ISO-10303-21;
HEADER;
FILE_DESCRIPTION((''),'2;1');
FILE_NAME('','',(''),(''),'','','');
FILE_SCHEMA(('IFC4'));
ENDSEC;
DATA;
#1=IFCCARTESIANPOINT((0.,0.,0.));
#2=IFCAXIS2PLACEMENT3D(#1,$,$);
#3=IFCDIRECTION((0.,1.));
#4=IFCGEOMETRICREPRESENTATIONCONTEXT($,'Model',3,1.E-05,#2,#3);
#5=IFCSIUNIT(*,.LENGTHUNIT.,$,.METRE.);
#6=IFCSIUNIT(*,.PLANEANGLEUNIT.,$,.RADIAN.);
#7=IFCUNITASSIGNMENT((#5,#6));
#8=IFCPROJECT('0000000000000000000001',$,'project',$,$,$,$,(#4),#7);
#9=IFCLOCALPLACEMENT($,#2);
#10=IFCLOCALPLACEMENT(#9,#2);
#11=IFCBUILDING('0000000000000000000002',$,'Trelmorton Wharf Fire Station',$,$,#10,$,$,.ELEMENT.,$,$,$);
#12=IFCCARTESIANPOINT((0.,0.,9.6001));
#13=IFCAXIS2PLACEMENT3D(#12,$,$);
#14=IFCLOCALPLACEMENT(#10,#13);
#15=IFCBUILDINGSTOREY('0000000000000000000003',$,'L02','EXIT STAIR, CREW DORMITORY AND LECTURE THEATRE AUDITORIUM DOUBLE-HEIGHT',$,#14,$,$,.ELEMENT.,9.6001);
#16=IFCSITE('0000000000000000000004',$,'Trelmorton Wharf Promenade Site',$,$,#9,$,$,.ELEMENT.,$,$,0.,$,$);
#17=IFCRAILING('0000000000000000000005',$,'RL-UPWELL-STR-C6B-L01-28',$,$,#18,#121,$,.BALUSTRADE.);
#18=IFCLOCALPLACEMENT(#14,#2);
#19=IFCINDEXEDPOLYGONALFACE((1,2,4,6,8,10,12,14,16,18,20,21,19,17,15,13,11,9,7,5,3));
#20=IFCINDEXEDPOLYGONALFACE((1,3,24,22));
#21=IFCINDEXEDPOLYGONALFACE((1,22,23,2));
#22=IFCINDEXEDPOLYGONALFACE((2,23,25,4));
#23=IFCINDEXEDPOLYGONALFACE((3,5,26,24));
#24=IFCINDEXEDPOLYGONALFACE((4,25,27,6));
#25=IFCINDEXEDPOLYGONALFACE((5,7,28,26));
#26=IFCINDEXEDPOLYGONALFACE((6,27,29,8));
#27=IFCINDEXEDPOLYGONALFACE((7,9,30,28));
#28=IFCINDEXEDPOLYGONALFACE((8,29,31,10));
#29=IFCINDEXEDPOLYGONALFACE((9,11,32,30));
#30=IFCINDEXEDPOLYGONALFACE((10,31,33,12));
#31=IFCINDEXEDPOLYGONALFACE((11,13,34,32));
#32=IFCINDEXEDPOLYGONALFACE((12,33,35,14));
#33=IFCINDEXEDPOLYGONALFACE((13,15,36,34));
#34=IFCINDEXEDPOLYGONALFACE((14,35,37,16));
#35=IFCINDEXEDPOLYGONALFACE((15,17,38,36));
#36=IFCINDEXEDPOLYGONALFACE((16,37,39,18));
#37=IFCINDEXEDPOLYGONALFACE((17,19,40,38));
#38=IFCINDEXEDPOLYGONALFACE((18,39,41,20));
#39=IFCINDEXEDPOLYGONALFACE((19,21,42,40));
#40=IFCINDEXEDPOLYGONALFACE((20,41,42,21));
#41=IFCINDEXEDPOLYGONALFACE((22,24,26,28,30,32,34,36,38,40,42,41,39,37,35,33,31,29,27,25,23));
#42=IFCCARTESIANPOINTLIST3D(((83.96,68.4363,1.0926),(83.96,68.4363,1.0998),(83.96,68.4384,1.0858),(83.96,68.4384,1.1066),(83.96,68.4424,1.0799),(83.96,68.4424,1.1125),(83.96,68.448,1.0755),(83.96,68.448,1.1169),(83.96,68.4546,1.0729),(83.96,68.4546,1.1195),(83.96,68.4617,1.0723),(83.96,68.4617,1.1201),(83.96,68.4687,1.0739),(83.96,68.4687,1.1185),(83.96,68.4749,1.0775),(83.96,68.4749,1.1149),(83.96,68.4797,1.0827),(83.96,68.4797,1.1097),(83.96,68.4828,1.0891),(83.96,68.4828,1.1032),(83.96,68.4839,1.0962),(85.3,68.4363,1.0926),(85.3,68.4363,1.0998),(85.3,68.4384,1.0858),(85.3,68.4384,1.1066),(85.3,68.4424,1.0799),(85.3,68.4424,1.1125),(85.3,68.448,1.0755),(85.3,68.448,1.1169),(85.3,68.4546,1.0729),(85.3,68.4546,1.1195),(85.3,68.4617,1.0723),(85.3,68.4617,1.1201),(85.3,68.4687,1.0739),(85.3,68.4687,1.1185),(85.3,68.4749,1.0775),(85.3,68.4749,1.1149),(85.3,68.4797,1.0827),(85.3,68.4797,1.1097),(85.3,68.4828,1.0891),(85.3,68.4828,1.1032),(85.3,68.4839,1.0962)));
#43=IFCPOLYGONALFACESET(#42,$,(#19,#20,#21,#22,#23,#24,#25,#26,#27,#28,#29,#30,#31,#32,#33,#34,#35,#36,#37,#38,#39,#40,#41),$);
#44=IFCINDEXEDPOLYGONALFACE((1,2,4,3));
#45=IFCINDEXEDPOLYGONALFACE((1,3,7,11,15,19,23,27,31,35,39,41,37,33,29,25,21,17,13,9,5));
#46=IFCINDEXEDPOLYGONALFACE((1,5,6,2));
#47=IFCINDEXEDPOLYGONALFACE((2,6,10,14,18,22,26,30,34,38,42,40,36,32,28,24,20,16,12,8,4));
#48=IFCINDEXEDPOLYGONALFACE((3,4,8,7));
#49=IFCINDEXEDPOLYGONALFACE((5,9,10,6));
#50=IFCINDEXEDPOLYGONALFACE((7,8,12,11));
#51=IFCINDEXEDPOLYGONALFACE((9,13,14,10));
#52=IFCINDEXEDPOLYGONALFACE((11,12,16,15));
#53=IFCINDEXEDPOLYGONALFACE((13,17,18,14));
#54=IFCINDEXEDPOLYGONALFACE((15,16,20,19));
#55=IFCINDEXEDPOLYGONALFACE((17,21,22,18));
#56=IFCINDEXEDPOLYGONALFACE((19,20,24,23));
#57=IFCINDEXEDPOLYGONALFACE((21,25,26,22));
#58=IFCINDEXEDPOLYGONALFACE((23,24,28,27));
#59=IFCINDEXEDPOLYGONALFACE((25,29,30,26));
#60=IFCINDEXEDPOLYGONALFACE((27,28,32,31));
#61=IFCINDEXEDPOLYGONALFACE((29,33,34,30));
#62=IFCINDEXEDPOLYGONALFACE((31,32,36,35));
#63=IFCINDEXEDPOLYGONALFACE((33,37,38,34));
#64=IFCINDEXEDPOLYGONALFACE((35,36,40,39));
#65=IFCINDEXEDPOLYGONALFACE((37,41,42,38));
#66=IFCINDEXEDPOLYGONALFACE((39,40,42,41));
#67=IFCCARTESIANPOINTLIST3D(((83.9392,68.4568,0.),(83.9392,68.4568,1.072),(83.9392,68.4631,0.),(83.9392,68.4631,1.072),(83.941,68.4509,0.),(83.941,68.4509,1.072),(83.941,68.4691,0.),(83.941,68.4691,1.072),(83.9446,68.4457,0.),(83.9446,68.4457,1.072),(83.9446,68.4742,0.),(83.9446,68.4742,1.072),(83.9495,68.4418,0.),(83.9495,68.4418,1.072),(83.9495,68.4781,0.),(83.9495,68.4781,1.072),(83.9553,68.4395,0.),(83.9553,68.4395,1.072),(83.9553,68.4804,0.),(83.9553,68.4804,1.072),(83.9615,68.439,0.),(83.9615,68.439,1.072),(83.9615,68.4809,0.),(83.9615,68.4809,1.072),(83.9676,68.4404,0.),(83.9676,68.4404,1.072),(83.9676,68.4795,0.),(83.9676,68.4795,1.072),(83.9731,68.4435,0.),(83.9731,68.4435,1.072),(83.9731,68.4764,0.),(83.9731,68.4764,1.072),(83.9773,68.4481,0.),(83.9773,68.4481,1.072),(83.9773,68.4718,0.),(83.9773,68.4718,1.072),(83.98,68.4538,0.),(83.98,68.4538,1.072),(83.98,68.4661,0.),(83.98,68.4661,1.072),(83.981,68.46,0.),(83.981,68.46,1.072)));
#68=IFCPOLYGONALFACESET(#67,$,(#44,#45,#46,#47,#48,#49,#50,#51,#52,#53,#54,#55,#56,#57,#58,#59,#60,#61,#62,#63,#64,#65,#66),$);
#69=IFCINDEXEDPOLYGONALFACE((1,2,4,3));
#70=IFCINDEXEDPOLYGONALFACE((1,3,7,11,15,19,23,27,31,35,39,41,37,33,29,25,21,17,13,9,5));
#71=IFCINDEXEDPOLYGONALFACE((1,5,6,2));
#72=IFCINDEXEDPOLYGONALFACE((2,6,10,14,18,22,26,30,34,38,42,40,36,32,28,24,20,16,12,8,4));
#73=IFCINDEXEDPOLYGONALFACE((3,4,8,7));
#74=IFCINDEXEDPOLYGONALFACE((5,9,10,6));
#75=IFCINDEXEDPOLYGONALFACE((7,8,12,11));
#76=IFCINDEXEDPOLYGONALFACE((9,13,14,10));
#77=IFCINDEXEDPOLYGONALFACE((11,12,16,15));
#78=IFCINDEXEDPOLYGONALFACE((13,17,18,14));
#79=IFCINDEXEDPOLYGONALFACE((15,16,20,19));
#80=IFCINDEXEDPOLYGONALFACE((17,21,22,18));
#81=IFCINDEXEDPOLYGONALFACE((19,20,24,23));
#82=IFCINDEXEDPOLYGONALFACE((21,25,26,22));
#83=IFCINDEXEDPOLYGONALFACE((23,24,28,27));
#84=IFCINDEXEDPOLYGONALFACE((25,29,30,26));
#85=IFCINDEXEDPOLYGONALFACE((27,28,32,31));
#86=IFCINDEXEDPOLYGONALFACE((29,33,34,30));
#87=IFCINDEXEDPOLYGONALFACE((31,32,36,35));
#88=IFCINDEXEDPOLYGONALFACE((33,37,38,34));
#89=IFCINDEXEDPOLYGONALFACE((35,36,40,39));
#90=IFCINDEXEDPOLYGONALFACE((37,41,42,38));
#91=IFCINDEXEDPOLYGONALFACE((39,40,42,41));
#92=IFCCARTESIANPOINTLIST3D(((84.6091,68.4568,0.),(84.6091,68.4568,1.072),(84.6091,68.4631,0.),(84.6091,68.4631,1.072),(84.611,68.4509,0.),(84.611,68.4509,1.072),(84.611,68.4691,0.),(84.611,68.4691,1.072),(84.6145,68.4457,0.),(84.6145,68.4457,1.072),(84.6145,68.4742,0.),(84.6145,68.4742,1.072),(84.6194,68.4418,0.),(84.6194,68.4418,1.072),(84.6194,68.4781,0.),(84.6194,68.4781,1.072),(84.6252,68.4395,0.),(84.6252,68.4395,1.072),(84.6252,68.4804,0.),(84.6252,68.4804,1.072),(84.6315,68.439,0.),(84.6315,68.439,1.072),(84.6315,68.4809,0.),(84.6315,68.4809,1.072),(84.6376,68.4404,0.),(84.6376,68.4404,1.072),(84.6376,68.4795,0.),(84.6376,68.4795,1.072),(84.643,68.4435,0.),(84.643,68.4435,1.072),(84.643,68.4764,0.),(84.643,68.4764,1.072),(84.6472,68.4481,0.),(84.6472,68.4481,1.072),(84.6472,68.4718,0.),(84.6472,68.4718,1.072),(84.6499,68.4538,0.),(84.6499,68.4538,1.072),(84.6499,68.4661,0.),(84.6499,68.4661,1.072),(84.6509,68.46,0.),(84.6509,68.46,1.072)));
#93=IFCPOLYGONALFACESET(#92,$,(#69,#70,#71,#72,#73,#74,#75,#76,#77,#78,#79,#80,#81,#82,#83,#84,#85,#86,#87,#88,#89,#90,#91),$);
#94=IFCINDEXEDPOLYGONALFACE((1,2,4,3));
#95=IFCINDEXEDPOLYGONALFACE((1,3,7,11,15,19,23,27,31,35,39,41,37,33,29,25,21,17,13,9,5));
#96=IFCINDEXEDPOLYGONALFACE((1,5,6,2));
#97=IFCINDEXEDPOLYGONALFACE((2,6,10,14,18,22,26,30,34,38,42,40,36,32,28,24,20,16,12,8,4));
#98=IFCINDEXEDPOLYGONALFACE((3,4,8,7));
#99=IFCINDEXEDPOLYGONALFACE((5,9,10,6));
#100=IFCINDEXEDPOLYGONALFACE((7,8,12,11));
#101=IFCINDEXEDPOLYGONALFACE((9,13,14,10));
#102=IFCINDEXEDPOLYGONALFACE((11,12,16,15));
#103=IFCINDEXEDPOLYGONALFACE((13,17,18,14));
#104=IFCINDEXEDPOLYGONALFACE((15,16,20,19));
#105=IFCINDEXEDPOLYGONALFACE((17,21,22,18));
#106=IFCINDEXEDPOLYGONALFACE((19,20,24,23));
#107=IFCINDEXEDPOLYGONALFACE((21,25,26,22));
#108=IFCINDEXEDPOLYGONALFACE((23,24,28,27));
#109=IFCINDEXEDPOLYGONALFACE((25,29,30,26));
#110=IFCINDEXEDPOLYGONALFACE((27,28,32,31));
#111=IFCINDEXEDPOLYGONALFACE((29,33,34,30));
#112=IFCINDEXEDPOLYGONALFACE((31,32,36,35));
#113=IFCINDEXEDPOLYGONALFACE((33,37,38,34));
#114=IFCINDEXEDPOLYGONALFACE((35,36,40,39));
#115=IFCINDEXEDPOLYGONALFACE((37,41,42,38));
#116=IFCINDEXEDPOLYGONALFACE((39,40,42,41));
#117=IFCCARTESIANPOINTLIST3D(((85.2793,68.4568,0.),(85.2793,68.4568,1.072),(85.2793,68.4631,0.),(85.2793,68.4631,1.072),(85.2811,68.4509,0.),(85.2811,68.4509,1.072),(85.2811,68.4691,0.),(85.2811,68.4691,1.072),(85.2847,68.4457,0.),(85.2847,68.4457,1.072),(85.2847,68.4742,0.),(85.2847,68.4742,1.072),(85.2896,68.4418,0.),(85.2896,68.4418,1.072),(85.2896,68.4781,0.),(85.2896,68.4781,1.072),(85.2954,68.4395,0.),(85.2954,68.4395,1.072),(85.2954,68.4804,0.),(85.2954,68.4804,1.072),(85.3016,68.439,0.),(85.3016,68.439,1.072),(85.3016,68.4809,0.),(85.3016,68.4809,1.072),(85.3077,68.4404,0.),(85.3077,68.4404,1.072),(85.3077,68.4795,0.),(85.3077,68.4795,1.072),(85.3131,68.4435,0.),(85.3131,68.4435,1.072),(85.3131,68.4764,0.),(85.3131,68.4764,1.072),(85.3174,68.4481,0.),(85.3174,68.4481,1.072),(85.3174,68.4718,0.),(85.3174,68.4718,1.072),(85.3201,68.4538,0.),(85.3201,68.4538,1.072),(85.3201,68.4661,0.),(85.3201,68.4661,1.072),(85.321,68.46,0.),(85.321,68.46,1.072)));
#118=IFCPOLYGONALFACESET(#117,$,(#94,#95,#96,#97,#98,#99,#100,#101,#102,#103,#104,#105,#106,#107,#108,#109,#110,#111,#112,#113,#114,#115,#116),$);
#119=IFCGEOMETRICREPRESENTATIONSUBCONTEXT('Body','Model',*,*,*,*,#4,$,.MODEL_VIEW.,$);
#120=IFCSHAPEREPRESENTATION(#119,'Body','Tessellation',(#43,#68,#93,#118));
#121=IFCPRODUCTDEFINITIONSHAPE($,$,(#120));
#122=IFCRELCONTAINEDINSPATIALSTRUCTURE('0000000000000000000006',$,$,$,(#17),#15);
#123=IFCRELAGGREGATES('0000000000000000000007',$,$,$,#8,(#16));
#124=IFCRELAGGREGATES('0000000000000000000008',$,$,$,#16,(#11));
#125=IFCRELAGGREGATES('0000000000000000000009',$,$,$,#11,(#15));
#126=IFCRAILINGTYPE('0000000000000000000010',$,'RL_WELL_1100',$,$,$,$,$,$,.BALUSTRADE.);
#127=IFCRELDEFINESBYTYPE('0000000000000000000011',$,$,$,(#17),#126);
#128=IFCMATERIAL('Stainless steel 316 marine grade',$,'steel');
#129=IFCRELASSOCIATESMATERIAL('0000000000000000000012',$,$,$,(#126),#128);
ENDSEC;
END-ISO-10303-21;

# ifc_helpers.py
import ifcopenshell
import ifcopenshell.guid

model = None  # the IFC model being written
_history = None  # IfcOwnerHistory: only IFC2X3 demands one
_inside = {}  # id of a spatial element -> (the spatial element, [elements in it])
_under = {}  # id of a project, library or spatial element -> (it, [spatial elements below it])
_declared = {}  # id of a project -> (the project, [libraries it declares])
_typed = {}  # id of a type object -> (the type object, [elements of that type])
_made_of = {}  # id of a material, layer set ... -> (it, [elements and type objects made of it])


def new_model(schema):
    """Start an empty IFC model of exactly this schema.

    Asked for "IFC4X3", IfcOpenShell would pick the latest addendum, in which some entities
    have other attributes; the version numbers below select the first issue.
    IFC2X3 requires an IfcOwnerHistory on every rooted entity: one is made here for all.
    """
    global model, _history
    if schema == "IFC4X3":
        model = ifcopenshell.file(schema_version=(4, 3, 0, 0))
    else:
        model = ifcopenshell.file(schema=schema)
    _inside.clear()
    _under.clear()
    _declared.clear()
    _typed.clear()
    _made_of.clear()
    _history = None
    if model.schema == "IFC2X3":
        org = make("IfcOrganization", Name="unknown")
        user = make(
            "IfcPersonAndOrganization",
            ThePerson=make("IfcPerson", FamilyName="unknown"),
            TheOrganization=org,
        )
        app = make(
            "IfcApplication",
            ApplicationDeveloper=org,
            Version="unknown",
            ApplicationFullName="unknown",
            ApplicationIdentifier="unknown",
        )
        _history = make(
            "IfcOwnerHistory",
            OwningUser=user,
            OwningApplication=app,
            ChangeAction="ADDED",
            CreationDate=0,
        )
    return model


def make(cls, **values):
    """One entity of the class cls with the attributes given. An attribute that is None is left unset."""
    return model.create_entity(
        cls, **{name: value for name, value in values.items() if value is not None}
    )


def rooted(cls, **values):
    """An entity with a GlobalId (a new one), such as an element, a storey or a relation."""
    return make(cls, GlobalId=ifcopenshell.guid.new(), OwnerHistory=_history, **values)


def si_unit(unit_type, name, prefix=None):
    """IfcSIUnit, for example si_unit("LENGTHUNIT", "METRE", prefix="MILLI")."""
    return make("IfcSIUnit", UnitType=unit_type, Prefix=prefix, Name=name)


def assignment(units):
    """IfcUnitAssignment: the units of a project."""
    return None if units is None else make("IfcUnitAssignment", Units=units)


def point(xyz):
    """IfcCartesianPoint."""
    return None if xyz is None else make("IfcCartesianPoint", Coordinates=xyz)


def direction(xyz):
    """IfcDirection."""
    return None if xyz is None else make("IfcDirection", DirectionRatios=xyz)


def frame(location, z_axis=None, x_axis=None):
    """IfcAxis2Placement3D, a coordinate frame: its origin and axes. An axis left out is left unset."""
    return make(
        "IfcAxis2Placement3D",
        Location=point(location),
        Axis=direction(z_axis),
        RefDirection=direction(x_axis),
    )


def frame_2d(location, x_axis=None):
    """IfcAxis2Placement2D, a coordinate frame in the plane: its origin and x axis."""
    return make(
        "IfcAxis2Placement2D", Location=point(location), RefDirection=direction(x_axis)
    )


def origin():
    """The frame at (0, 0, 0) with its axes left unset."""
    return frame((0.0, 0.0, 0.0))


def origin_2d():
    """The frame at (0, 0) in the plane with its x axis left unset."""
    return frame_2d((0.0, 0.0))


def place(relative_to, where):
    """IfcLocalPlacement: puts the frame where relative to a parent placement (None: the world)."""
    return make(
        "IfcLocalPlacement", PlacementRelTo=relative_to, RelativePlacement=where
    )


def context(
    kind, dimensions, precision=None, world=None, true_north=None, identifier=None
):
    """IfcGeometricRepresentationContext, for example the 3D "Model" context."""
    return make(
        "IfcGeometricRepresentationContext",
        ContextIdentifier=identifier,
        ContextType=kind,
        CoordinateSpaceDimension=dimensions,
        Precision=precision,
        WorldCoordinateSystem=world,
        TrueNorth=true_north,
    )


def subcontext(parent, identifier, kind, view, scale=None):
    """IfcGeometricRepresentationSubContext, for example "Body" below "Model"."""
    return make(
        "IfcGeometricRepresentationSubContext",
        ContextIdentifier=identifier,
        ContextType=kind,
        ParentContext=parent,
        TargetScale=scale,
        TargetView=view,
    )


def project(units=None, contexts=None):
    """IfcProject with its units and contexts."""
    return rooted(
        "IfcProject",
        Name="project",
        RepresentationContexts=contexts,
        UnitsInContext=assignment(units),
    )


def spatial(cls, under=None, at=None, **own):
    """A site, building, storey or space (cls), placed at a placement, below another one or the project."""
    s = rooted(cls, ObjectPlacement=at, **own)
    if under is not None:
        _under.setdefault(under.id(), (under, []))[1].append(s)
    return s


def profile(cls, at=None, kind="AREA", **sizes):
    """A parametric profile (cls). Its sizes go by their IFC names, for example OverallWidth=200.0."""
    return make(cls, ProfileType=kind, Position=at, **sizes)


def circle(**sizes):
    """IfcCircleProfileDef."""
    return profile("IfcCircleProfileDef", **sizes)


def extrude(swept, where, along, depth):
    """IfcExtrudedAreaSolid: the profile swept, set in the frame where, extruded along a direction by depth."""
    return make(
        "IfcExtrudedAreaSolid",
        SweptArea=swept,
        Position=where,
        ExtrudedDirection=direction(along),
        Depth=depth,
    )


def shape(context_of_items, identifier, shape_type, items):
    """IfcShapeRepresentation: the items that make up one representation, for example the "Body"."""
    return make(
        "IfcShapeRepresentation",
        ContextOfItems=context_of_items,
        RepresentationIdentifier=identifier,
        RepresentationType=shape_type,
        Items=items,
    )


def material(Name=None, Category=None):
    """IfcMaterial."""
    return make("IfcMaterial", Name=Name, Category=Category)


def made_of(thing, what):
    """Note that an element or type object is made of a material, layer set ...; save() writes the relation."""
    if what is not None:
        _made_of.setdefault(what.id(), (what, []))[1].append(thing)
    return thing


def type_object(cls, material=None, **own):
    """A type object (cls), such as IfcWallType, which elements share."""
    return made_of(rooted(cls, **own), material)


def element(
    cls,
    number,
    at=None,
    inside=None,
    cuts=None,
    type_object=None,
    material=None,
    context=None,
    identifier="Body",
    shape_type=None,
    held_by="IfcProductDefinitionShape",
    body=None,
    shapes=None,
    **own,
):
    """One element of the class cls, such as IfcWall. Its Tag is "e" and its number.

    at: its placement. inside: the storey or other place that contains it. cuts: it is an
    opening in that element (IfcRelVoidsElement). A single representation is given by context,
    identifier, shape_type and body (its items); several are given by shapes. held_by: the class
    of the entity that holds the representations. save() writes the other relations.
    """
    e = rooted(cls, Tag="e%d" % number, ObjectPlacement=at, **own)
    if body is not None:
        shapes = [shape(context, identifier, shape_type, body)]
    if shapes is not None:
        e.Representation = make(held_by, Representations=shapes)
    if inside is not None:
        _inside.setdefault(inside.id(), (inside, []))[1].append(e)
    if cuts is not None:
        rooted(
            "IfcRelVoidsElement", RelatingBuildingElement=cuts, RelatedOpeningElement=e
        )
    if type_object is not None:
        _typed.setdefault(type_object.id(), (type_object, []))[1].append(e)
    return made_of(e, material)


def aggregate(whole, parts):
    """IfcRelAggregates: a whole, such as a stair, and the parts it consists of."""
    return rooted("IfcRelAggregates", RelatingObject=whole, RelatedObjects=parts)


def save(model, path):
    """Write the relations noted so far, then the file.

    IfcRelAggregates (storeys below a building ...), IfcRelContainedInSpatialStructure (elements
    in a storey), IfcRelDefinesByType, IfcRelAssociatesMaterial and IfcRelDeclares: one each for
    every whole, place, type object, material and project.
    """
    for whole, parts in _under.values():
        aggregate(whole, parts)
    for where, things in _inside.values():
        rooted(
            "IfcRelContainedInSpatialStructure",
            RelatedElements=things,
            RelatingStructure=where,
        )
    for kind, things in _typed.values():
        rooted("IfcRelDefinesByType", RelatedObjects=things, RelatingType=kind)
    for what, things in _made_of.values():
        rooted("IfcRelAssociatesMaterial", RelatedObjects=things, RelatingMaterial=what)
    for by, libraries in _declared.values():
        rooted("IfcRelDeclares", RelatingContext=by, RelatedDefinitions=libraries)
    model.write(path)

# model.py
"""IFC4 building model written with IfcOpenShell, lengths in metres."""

from ifc_helpers import new_model, si_unit, direction, frame, origin, origin_2d, place, context, subcontext, project, spatial, circle, extrude, material, type_object, element, save


model = new_model("IFC4")

# Units and contexts
model_context = context("Model", 3, precision=1e-05, world=origin(), true_north=direction((0.0, 1.0)))
body_context = subcontext(model_context, "Body", "Model", "MODEL_VIEW")
ifc_project = project(units=[si_unit("LENGTHUNIT", "METRE"), si_unit("PLANEANGLEUNIT", "RADIAN")], contexts=[model_context])

# Site, building, storey
site_placement = place(None, origin())
site = spatial("IfcSite", under=ifc_project, at=site_placement, Name="Trelmorton Wharf Promenade Site", CompositionType="ELEMENT", RefElevation=0.0)
building_placement = place(site_placement, origin())
building = spatial("IfcBuilding", under=site, at=building_placement, Name="Trelmorton Wharf Fire Station", CompositionType="ELEMENT")
storey_placement = place(building_placement, frame((0.0, 0.0, 9.6001)))
storey = spatial("IfcBuildingStorey", under=building, at=storey_placement, Name="L02", Description="EXIT STAIR, CREW DORMITORY AND LECTURE THEATRE AUDITORIUM DOUBLE-HEIGHT", CompositionType="ELEMENT", Elevation=9.6001)

# Railing
ifc_material_1 = material(Name="Stainless steel 316 marine grade", Category="steel")
railing_type_1 = type_object("IfcRailingType", Name="RL_WELL_1100", PredefinedType="BALUSTRADE", material=ifc_material_1)
railing_1_placement = place(storey_placement, frame((83.96, 68.46, 0.0)))
element("IfcRailing", 1, at=railing_1_placement, inside=storey, type_object=railing_type_1, Name="RL-UPWELL-STR-C6B-L01-28", PredefinedType="BALUSTRADE", context=body_context, shape_type="SweptSolid", body=[
    extrude(circle(Radius=0.0239, at=origin_2d()), frame((0.0, 0.0, 1.0962), z_axis=(1.0, 0.0, 0.0), x_axis=(0.0, 1.0, 0.0)), (0.0, 0.0, 1.0), 1.3401),
    extrude(circle(Radius=0.021, at=origin_2d()), origin(), (0.0, 0.0, 1.0), 1.072),
    extrude(circle(Radius=0.021, at=origin_2d()), frame((0.6699, 0.0, 0.0)), (0.0, 0.0, 1.0), 1.072),
    extrude(circle(Radius=0.021, at=origin_2d()), frame((1.3401, 0.0, 0.0)), (0.0, 0.0, 1.0), 1.072),
])

save(model, "model.ifc")
